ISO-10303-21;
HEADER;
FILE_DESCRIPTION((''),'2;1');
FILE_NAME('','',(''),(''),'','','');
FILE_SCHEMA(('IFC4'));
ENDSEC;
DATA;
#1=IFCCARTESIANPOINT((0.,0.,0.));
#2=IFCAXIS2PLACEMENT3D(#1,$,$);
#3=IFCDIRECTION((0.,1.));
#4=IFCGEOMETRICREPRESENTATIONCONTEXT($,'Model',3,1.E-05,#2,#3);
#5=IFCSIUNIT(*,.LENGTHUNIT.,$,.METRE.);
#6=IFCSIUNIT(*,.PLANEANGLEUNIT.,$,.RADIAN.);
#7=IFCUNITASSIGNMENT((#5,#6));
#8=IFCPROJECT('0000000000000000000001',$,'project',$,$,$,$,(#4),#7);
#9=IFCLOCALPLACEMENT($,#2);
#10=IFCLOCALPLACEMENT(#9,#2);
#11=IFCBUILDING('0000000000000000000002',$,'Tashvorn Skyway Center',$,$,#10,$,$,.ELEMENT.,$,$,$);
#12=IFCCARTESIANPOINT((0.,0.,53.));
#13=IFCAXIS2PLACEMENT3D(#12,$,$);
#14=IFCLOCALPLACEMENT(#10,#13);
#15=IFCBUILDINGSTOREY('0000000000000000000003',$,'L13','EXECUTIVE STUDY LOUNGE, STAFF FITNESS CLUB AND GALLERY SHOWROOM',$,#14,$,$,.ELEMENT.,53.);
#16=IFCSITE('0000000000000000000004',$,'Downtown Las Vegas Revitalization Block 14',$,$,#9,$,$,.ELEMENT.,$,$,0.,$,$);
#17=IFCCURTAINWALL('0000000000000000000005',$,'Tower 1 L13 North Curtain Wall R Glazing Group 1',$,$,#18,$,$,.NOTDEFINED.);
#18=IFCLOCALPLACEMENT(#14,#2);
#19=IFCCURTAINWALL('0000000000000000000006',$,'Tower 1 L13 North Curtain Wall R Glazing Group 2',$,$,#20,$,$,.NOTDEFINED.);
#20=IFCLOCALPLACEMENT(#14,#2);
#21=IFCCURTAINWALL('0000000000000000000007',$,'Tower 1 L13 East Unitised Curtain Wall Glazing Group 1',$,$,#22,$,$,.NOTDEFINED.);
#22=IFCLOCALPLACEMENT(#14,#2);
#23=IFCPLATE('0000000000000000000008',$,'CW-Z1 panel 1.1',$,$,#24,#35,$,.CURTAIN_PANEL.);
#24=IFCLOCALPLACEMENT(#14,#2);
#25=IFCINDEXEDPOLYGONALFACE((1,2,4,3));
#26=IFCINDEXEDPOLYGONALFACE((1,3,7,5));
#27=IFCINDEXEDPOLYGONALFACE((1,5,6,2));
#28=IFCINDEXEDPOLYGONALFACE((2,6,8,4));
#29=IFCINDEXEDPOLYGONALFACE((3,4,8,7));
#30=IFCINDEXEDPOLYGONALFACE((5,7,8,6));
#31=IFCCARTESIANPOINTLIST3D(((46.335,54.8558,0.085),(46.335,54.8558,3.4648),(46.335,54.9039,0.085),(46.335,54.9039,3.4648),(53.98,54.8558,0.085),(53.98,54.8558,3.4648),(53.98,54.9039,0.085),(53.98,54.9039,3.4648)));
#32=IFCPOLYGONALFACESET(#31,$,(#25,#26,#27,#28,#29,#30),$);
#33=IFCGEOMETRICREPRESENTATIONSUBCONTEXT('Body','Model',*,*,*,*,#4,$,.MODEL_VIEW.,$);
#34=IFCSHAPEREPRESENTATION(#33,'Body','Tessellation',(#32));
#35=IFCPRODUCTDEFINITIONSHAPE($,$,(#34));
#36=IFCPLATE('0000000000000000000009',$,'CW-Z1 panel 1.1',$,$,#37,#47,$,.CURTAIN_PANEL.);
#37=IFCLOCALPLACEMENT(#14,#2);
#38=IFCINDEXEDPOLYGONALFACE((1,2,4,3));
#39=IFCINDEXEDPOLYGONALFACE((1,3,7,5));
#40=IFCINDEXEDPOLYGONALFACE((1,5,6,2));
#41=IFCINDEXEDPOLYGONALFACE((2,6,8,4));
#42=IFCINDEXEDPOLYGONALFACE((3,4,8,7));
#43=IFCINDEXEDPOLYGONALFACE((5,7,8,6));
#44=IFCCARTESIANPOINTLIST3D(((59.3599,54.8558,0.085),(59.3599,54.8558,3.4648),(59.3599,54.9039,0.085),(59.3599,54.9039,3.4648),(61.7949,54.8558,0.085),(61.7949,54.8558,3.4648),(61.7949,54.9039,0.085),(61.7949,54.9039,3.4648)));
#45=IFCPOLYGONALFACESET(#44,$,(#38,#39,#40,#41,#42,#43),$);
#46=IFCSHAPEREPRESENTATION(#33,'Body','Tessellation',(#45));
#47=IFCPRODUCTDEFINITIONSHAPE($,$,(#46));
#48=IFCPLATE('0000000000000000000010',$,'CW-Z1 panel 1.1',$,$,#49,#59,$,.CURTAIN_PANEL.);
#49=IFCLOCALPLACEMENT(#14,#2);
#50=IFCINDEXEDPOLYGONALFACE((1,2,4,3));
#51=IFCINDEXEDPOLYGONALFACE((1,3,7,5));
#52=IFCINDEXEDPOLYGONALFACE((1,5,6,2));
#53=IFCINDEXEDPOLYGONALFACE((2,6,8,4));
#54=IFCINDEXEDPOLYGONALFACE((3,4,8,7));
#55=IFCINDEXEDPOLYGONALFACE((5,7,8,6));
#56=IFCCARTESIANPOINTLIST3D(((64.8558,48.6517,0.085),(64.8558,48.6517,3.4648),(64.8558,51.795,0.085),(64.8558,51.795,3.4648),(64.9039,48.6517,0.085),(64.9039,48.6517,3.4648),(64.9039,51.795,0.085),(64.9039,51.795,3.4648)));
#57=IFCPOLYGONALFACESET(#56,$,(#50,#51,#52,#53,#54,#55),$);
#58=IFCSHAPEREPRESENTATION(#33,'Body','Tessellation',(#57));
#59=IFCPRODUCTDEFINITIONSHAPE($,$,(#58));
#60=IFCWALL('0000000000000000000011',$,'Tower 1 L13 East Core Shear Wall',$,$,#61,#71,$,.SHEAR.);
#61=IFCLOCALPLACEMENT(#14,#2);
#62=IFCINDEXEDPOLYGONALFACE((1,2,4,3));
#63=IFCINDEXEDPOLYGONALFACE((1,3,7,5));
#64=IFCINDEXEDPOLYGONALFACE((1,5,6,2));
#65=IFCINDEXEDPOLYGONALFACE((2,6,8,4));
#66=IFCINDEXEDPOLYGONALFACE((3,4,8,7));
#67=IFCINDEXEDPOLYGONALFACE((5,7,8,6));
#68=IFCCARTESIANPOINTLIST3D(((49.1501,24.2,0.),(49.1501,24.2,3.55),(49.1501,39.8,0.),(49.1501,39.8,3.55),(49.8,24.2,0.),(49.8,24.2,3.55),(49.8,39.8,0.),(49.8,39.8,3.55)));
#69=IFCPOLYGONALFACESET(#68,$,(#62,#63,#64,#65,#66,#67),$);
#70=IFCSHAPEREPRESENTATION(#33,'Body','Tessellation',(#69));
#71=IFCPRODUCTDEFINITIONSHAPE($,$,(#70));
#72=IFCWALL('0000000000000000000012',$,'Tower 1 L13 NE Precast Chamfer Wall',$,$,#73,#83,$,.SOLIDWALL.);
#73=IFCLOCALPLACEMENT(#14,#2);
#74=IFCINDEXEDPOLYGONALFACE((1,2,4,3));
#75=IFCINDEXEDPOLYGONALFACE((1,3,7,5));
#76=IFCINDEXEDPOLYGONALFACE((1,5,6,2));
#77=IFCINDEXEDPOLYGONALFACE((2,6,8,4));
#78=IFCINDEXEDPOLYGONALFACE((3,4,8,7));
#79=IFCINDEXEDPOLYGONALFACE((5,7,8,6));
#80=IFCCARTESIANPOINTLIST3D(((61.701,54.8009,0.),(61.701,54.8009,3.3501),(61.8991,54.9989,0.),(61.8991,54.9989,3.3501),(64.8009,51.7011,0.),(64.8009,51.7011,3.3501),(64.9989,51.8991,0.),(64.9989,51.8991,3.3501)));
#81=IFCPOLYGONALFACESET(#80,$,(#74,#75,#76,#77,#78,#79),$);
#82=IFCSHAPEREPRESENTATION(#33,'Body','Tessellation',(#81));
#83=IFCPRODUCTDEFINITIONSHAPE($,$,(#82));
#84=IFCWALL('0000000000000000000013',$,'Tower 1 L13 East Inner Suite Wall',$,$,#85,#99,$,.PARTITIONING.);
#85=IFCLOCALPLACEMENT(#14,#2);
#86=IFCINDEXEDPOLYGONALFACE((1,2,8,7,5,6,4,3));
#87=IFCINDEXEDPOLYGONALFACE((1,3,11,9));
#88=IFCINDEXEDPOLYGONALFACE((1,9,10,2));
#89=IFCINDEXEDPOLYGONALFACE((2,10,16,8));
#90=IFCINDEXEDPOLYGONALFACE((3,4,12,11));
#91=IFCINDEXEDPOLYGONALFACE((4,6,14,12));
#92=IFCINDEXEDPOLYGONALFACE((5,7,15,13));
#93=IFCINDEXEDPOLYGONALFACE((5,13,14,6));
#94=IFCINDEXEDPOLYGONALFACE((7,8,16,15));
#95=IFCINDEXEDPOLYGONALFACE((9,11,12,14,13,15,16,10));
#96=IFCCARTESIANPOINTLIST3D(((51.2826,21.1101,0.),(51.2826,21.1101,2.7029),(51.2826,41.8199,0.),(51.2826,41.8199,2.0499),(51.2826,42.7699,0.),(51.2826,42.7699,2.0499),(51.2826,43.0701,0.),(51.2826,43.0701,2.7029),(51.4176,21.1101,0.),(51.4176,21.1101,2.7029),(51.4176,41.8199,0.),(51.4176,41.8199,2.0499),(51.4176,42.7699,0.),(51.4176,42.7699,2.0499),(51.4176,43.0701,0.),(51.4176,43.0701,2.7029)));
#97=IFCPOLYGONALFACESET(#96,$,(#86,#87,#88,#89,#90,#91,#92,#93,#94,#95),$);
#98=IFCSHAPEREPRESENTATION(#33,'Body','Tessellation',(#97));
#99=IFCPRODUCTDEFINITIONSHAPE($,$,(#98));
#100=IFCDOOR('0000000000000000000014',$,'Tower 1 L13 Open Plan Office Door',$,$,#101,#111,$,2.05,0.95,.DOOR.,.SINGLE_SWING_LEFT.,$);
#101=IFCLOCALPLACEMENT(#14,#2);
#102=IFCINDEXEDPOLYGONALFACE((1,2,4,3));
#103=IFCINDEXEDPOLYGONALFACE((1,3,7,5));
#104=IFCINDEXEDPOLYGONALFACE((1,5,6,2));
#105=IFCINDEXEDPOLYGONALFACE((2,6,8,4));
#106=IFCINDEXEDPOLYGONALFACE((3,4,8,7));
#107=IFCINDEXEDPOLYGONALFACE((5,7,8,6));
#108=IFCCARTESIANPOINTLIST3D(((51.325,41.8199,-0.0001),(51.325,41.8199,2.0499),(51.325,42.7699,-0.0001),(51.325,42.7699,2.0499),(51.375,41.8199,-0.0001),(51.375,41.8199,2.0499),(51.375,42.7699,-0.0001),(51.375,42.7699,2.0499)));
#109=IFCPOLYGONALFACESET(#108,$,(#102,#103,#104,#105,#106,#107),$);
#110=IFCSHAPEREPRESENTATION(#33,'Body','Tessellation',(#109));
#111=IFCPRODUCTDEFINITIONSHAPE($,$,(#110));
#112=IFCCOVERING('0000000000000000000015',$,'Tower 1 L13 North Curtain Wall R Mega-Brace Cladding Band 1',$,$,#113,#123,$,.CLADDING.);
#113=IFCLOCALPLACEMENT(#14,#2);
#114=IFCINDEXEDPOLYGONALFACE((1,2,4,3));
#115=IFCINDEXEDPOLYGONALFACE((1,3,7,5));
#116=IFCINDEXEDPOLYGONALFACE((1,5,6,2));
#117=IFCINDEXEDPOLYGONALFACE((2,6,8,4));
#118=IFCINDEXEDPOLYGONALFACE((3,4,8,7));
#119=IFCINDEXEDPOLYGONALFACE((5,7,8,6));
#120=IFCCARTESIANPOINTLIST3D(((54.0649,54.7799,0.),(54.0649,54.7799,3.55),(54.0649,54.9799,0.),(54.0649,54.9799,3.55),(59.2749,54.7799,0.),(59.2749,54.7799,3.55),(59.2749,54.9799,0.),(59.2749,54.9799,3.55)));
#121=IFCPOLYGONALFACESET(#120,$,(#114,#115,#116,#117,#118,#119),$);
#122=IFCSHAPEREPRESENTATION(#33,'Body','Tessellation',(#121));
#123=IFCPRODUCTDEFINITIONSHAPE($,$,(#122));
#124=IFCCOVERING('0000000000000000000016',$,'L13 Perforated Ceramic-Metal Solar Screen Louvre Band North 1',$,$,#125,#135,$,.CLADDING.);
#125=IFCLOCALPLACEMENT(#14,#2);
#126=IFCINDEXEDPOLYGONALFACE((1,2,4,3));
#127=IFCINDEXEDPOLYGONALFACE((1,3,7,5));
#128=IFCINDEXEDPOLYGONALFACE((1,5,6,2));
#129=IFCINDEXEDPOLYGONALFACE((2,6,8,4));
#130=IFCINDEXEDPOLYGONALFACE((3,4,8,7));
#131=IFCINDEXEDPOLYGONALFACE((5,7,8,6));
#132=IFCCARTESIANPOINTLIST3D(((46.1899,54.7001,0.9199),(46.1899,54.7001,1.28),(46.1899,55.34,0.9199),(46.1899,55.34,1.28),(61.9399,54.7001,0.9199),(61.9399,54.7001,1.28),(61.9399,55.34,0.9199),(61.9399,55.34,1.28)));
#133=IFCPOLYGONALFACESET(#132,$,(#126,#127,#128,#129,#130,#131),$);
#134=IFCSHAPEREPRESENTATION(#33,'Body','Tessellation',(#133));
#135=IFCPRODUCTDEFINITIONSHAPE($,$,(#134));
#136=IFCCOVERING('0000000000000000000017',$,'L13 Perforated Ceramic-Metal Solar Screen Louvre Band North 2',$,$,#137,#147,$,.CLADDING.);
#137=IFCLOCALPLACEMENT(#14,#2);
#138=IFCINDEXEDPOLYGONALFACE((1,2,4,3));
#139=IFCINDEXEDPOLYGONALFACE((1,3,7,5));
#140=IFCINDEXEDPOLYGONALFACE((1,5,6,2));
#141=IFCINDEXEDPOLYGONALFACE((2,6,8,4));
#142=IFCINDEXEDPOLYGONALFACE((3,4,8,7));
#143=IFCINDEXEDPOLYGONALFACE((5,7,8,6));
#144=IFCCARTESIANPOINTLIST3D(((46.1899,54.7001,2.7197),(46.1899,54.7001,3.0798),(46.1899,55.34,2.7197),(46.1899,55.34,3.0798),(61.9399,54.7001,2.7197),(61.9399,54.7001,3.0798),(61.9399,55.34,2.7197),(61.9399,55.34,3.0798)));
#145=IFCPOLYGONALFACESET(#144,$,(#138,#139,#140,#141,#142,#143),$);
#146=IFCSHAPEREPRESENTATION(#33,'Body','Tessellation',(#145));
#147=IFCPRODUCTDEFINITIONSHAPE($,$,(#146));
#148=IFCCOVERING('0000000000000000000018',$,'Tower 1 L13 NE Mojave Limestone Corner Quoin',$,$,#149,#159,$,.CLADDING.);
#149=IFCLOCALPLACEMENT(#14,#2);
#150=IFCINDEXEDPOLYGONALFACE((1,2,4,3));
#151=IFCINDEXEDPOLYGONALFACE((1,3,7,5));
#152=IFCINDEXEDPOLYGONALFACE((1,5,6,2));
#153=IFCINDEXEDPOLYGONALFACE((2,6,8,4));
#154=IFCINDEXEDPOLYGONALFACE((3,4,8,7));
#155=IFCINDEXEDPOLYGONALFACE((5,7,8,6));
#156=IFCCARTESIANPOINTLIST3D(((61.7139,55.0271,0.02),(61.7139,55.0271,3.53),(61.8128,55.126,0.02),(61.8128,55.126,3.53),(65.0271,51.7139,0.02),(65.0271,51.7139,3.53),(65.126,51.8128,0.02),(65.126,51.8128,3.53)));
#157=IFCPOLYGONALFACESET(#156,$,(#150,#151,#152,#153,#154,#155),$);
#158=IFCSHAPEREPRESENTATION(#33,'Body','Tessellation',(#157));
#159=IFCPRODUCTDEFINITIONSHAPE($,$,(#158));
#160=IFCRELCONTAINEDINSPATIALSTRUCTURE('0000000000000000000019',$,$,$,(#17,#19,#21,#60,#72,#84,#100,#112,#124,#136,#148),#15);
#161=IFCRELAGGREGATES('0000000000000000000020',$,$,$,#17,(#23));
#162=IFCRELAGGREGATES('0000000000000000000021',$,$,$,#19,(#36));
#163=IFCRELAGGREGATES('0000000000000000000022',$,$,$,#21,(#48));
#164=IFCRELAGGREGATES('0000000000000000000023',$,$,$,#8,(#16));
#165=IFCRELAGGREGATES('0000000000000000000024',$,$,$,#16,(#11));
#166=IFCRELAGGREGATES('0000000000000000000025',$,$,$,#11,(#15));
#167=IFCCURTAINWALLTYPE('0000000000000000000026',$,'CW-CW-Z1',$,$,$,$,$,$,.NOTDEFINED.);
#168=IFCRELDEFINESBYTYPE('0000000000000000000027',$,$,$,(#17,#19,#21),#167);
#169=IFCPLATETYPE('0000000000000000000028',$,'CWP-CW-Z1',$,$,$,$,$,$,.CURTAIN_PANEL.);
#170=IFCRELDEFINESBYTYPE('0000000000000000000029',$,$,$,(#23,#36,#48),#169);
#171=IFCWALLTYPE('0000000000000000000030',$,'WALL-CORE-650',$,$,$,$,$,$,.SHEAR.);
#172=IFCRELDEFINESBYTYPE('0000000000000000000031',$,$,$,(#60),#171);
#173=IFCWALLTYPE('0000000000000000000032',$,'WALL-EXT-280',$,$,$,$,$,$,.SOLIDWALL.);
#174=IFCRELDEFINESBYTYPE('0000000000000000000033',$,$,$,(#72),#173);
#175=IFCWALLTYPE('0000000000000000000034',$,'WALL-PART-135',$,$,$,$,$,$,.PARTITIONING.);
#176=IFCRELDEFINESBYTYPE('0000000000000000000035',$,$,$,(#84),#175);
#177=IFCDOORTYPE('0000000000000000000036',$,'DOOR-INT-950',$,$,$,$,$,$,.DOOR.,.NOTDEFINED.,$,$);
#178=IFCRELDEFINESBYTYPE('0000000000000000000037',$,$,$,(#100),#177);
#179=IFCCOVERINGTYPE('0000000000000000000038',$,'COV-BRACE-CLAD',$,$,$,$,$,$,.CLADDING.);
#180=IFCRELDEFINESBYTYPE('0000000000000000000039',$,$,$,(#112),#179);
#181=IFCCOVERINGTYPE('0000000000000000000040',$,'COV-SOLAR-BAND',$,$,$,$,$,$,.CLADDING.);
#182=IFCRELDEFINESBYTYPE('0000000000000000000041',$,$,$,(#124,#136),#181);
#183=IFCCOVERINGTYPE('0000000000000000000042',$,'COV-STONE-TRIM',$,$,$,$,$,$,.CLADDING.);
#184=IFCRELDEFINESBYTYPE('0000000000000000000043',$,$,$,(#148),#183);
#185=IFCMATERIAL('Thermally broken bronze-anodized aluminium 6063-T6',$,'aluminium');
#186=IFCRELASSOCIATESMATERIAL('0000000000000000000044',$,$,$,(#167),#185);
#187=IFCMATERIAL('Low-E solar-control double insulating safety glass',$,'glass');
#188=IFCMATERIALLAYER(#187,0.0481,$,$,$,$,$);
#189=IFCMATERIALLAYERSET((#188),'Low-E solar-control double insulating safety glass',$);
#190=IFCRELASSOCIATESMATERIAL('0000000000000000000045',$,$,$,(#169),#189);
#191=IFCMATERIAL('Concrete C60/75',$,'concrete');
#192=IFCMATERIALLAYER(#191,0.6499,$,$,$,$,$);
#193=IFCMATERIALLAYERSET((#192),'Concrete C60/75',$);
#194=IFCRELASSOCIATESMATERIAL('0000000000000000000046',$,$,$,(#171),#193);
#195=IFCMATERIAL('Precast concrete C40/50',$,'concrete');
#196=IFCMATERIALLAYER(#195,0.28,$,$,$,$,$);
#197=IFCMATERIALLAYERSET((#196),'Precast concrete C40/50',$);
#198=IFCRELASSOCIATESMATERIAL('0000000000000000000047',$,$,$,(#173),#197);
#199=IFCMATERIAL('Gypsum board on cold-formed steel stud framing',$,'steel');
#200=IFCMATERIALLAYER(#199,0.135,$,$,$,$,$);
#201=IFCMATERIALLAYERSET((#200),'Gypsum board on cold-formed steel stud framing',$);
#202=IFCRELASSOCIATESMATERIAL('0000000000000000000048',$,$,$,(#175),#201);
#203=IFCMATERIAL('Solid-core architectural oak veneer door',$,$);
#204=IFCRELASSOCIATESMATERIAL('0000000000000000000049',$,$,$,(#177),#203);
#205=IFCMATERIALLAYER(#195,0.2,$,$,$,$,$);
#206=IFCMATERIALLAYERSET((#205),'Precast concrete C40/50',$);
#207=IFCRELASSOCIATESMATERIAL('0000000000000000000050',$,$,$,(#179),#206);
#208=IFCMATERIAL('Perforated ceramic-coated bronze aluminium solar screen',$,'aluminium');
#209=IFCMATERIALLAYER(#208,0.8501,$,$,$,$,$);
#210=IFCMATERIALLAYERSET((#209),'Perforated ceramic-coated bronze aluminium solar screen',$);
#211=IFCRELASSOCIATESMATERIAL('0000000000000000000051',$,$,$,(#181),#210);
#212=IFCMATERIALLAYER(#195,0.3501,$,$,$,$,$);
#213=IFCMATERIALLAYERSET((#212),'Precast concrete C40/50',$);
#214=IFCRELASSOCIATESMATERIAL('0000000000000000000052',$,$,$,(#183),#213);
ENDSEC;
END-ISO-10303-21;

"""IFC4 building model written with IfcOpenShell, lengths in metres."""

from ifc_helpers import new_model, si_unit, direction, frame, frame_2d, origin, origin_2d, place, context, subcontext, project, spatial, rectangle, extrude, material, layer, layer_set, type_object, element, fill, aggregate, save


model = new_model("IFC4")

# Units and contexts
model_context = context("Model", 3, precision=1e-05, world=origin(), true_north=direction((0.0, 1.0)))
body_context = subcontext(model_context, "Body", "Model", "MODEL_VIEW")
ifc_project = project(units=[si_unit("LENGTHUNIT", "METRE"), si_unit("PLANEANGLEUNIT", "RADIAN")], contexts=[model_context])

# Site, building, storey
site_placement = place(None, origin())
site = spatial("IfcSite", under=ifc_project, at=site_placement, Name="Downtown Las Vegas Revitalization Block 14", CompositionType="ELEMENT", RefElevation=0.0)
building_placement = place(site_placement, origin())
building = spatial("IfcBuilding", under=site, at=building_placement, Name="Tashvorn Skyway Center", CompositionType="ELEMENT")
storey_placement = place(building_placement, frame((0.0, 0.0, 53.0)))
storey = spatial("IfcBuildingStorey", under=building, at=storey_placement, Name="L13", Description="EXECUTIVE STUDY LOUNGE, STAFF FITNESS CLUB AND GALLERY SHOWROOM", CompositionType="ELEMENT", Elevation=53.0)

# Curtain wall
ifc_material_1 = material(Name="Thermally broken bronze-anodized aluminium 6063-T6", Category="aluminium")
curtain_wall_type = type_object("IfcCurtainWallType", Name="CW-CW-Z1", PredefinedType="NOTDEFINED", material=ifc_material_1)
curtain_wall_1_placement = place(storey_placement, origin())
curtain_wall_1 = element("IfcCurtainWall", 1, at=curtain_wall_1_placement, inside=storey, type_object=curtain_wall_type, Name="Tower 1 L13 North Curtain Wall R Glazing Group 1", PredefinedType="NOTDEFINED")

# Curtain walls
curtain_wall_2_placement = place(storey_placement, origin())
curtain_wall_2 = element("IfcCurtainWall", 2, at=curtain_wall_2_placement, inside=storey, type_object=curtain_wall_type, Name="Tower 1 L13 North Curtain Wall R Glazing Group 2", PredefinedType="NOTDEFINED")
curtain_wall_3_placement = place(storey_placement, origin())
curtain_wall_3 = element("IfcCurtainWall", 3, at=curtain_wall_3_placement, inside=storey, type_object=curtain_wall_type, Name="Tower 1 L13 East Unitised Curtain Wall Glazing Group 1", PredefinedType="NOTDEFINED")

# Plates
ifc_material_2 = material(Name="Low-E solar-control double insulating safety glass", Category="glass")
ifc_layer_1 = layer(ifc_material_2, 0.0481)
ifc_layer_set_1 = layer_set([ifc_layer_1], Name="Low-E solar-control double insulating safety glass")
plate_type = type_object("IfcPlateType", Name="CWP-CW-Z1", PredefinedType="CURTAIN_PANEL", material=ifc_layer_set_1)
plate_1_placement = place(storey_placement, frame((50.1575, 54.8799, 0.085), z_axis=(0.0, 0.0, 1.0), x_axis=(1.0, 0.0, 0.0)))
plate_1 = element("IfcPlate", 4, at=plate_1_placement, type_object=plate_type, Name="CW-Z1 panel 1.1", PredefinedType="CURTAIN_PANEL", context=body_context, shape_type="SweptSolid", body=[
    extrude(rectangle(XDim=7.645, YDim=0.0481, at=origin_2d()), origin(), (0.0, 0.0, 1.0), 3.3799),
])
aggregate(curtain_wall_1, [plate_1])
plate_2_placement = place(storey_placement, frame((60.5774, 54.8799, 0.085), z_axis=(0.0, 0.0, 1.0), x_axis=(1.0, 0.0, 0.0)))
plate_2 = element("IfcPlate", 5, at=plate_2_placement, type_object=plate_type, Name="CW-Z1 panel 1.1", PredefinedType="CURTAIN_PANEL", context=body_context, shape_type="SweptSolid", body=[
    extrude(rectangle(XDim=2.4351, YDim=0.0481, at=origin_2d()), origin(), (0.0, 0.0, 1.0), 3.3799),
])
aggregate(curtain_wall_2, [plate_2])
plate_3_placement = place(storey_placement, frame((64.8799, 50.2234, 0.085), z_axis=(0.0, 0.0, 1.0), x_axis=(0.0, -1.0, 0.0)))
plate_3 = element("IfcPlate", 6, at=plate_3_placement, type_object=plate_type, Name="CW-Z1 panel 1.1", PredefinedType="CURTAIN_PANEL", context=body_context, shape_type="SweptSolid", body=[
    extrude(rectangle(XDim=3.1433, YDim=0.0481, at=origin_2d()), origin(), (0.0, 0.0, 1.0), 3.3799),
])
aggregate(curtain_wall_3, [plate_3])

# Walls
ifc_material_3 = material(Name="Concrete C60/75", Category="concrete")
ifc_layer_2 = layer(ifc_material_3, 0.6499)
ifc_layer_set_2 = layer_set([ifc_layer_2], Name="Concrete C60/75")
wall_type_1 = type_object("IfcWallType", Name="WALL-CORE-650", PredefinedType="SHEAR", material=ifc_layer_set_2)
wall_1_placement = place(storey_placement, frame((49.4751, 39.8, 0.0), z_axis=(0.0, 0.0, 1.0), x_axis=(0.0, -1.0, 0.0)))
element("IfcWall", 7, at=wall_1_placement, inside=storey, type_object=wall_type_1, Name="Tower 1 L13 East Core Shear Wall", PredefinedType="SHEAR", context=body_context, shape_type="SweptSolid", body=[
    extrude(rectangle(XDim=15.6001, YDim=0.6499, at=frame_2d((7.8, 0.0))), origin(), (0.0, 0.0, 1.0), 3.55),
])
ifc_material_4 = material(Name="Precast concrete C40/50", Category="concrete")
ifc_layer_3 = layer(ifc_material_4, 0.28)
ifc_layer_set_3 = layer_set([ifc_layer_3], Name="Precast concrete C40/50")
wall_type_2 = type_object("IfcWallType", Name="WALL-EXT-280", PredefinedType="SOLIDWALL", material=ifc_layer_set_3)
wall_2_placement = place(storey_placement, frame((61.8, 54.8999, 0.0), z_axis=(0.0, 0.0, 1.0), x_axis=(0.707107, -0.707107, 0.0)))
element("IfcWall", 8, at=wall_2_placement, inside=storey, type_object=wall_type_2, Name="Tower 1 L13 NE Precast Chamfer Wall", PredefinedType="SOLIDWALL", context=body_context, shape_type="SweptSolid", body=[
    extrude(rectangle(XDim=4.3838, YDim=0.28, at=frame_2d((2.1919, 0.0))), origin(), (0.0, 0.0, 1.0), 3.3501),
])

# Wall, opening, door
ifc_material_5 = material(Name="Gypsum board on cold-formed steel stud framing", Category="steel")
ifc_layer_4 = layer(ifc_material_5, 0.135)
ifc_layer_set_4 = layer_set([ifc_layer_4], Name="Gypsum board on cold-formed steel stud framing")
wall_type_3 = type_object("IfcWallType", Name="WALL-PART-135", PredefinedType="PARTITIONING", material=ifc_layer_set_4)
wall_3_placement = place(storey_placement, frame((51.3501, 43.0701, 0.0), z_axis=(0.0, 0.0, 1.0), x_axis=(0.0, -1.0, 0.0)))
wall_3 = element("IfcWall", 9, at=wall_3_placement, inside=storey, type_object=wall_type_3, Name="Tower 1 L13 East Inner Suite Wall", PredefinedType="PARTITIONING", context=body_context, shape_type="SweptSolid", body=[
    extrude(rectangle(XDim=21.96, YDim=0.135, at=frame_2d((10.98, 0.0))), origin(), (0.0, 0.0, 1.0), 2.7029),
])
opening_placement = place(wall_3_placement, frame((0.3, 0.0, 0.0)))
opening = element("IfcOpeningElement", 10, at=opening_placement, cuts=wall_3, PredefinedType="OPENING", context=body_context, shape_type="SweptSolid", body=[
    extrude(rectangle(XDim=0.95, YDim=2.05, at=frame_2d((0.4751, 1.0249))), frame((0.0, 0.0774, 0.0), z_axis=(0.0, -1.0, 0.0), x_axis=(1.0, 0.0, 0.0)), (0.0, 0.0, 1.0), 0.155),
])
ifc_material_6 = material(Name="Solid-core architectural oak veneer door")
door_type = type_object("IfcDoorType", Name="DOOR-INT-950", OperationType="NOTDEFINED", PredefinedType="DOOR", material=ifc_material_6)
door_placement = place(opening_placement, origin())
door = element("IfcDoor", 11, at=door_placement, inside=storey, type_object=door_type, Name="Tower 1 L13 Open Plan Office Door", OperationType="SINGLE_SWING_LEFT", OverallHeight=2.05, OverallWidth=0.95, PredefinedType="DOOR", context=body_context, shape_type="SweptSolid", body=[
    extrude(rectangle(XDim=0.95, YDim=2.05, at=frame_2d((0.4751, 1.0249))), frame((0.0, 0.0249, 0.0), z_axis=(0.0, -1.0, 0.0), x_axis=(1.0, 0.0, 0.0)), (0.0, 0.0, 1.0), 0.05),
])
fill(opening, door)

# Coverings
ifc_layer_5 = layer(ifc_material_4, 0.2)
ifc_layer_set_5 = layer_set([ifc_layer_5], Name="Precast concrete C40/50")
covering_type_1 = type_object("IfcCoveringType", Name="COV-BRACE-CLAD", PredefinedType="CLADDING", material=ifc_layer_set_5)
covering_1_placement = place(storey_placement, frame((56.6699, 54.8799, 0.0), z_axis=(0.0, 0.0, 1.0), x_axis=(1.0, 0.0, 0.0)))
element("IfcCovering", 12, at=covering_1_placement, inside=storey, type_object=covering_type_1, Name="Tower 1 L13 North Curtain Wall R Mega-Brace Cladding Band 1", PredefinedType="CLADDING", context=body_context, shape_type="SweptSolid", body=[
    extrude(rectangle(XDim=5.21, YDim=0.2, at=origin_2d()), origin(), (0.0, 0.0, 1.0), 3.55),
])
ifc_material_7 = material(Name="Perforated ceramic-coated bronze aluminium solar screen", Category="aluminium")
ifc_layer_6 = layer(ifc_material_7, 0.8501)
ifc_layer_set_6 = layer_set([ifc_layer_6], Name="Perforated ceramic-coated bronze aluminium solar screen")
covering_type_2 = type_object("IfcCoveringType", Name="COV-SOLAR-BAND", PredefinedType="CLADDING", material=ifc_layer_set_6)
for number, where, z_axis, x_axis, name in (
    (13, (54.0649, 55.02, 0.9199), (0.0, 0.0, 1.0), (1.0, 0.0, 0.0), "L13 Perforated Ceramic-Metal Solar Screen Louvre Band North 1"),
    (14, (54.0649, 55.02, 2.7197), (0.0, 0.0, 1.0), (1.0, 0.0, 0.0), "L13 Perforated Ceramic-Metal Solar Screen Louvre Band North 2"),
):
    element("IfcCovering", number, at=place(storey_placement, frame(where, z_axis=z_axis, x_axis=x_axis)), inside=storey, type_object=covering_type_2, Name=name, PredefinedType="CLADDING", context=body_context, shape_type="SweptSolid", body=[
        extrude(rectangle(XDim=15.75, YDim=0.6399, at=origin_2d()), origin(), (0.0, 0.0, 1.0), 0.3601),
    ])
ifc_layer_7 = layer(ifc_material_4, 0.3501)
ifc_layer_set_7 = layer_set([ifc_layer_7], Name="Precast concrete C40/50")
covering_type_3 = type_object("IfcCoveringType", Name="COV-STONE-TRIM", PredefinedType="CLADDING", material=ifc_layer_set_7)
covering_2_placement = place(storey_placement, frame((63.4199, 53.4199, 0.02), z_axis=(0.0, 0.0, 1.0), x_axis=(0.707107, -0.707107, 0.0)))
element("IfcCovering", 15, at=covering_2_placement, inside=storey, type_object=covering_type_3, Name="Tower 1 L13 NE Mojave Limestone Corner Quoin", PredefinedType="CLADDING", context=body_context, shape_type="SweptSolid", body=[
    extrude(rectangle(XDim=4.6855, YDim=0.1399, at=origin_2d()), origin(), (0.0, 0.0, 1.0), 3.51),
])

save(model, "model.ifc")
